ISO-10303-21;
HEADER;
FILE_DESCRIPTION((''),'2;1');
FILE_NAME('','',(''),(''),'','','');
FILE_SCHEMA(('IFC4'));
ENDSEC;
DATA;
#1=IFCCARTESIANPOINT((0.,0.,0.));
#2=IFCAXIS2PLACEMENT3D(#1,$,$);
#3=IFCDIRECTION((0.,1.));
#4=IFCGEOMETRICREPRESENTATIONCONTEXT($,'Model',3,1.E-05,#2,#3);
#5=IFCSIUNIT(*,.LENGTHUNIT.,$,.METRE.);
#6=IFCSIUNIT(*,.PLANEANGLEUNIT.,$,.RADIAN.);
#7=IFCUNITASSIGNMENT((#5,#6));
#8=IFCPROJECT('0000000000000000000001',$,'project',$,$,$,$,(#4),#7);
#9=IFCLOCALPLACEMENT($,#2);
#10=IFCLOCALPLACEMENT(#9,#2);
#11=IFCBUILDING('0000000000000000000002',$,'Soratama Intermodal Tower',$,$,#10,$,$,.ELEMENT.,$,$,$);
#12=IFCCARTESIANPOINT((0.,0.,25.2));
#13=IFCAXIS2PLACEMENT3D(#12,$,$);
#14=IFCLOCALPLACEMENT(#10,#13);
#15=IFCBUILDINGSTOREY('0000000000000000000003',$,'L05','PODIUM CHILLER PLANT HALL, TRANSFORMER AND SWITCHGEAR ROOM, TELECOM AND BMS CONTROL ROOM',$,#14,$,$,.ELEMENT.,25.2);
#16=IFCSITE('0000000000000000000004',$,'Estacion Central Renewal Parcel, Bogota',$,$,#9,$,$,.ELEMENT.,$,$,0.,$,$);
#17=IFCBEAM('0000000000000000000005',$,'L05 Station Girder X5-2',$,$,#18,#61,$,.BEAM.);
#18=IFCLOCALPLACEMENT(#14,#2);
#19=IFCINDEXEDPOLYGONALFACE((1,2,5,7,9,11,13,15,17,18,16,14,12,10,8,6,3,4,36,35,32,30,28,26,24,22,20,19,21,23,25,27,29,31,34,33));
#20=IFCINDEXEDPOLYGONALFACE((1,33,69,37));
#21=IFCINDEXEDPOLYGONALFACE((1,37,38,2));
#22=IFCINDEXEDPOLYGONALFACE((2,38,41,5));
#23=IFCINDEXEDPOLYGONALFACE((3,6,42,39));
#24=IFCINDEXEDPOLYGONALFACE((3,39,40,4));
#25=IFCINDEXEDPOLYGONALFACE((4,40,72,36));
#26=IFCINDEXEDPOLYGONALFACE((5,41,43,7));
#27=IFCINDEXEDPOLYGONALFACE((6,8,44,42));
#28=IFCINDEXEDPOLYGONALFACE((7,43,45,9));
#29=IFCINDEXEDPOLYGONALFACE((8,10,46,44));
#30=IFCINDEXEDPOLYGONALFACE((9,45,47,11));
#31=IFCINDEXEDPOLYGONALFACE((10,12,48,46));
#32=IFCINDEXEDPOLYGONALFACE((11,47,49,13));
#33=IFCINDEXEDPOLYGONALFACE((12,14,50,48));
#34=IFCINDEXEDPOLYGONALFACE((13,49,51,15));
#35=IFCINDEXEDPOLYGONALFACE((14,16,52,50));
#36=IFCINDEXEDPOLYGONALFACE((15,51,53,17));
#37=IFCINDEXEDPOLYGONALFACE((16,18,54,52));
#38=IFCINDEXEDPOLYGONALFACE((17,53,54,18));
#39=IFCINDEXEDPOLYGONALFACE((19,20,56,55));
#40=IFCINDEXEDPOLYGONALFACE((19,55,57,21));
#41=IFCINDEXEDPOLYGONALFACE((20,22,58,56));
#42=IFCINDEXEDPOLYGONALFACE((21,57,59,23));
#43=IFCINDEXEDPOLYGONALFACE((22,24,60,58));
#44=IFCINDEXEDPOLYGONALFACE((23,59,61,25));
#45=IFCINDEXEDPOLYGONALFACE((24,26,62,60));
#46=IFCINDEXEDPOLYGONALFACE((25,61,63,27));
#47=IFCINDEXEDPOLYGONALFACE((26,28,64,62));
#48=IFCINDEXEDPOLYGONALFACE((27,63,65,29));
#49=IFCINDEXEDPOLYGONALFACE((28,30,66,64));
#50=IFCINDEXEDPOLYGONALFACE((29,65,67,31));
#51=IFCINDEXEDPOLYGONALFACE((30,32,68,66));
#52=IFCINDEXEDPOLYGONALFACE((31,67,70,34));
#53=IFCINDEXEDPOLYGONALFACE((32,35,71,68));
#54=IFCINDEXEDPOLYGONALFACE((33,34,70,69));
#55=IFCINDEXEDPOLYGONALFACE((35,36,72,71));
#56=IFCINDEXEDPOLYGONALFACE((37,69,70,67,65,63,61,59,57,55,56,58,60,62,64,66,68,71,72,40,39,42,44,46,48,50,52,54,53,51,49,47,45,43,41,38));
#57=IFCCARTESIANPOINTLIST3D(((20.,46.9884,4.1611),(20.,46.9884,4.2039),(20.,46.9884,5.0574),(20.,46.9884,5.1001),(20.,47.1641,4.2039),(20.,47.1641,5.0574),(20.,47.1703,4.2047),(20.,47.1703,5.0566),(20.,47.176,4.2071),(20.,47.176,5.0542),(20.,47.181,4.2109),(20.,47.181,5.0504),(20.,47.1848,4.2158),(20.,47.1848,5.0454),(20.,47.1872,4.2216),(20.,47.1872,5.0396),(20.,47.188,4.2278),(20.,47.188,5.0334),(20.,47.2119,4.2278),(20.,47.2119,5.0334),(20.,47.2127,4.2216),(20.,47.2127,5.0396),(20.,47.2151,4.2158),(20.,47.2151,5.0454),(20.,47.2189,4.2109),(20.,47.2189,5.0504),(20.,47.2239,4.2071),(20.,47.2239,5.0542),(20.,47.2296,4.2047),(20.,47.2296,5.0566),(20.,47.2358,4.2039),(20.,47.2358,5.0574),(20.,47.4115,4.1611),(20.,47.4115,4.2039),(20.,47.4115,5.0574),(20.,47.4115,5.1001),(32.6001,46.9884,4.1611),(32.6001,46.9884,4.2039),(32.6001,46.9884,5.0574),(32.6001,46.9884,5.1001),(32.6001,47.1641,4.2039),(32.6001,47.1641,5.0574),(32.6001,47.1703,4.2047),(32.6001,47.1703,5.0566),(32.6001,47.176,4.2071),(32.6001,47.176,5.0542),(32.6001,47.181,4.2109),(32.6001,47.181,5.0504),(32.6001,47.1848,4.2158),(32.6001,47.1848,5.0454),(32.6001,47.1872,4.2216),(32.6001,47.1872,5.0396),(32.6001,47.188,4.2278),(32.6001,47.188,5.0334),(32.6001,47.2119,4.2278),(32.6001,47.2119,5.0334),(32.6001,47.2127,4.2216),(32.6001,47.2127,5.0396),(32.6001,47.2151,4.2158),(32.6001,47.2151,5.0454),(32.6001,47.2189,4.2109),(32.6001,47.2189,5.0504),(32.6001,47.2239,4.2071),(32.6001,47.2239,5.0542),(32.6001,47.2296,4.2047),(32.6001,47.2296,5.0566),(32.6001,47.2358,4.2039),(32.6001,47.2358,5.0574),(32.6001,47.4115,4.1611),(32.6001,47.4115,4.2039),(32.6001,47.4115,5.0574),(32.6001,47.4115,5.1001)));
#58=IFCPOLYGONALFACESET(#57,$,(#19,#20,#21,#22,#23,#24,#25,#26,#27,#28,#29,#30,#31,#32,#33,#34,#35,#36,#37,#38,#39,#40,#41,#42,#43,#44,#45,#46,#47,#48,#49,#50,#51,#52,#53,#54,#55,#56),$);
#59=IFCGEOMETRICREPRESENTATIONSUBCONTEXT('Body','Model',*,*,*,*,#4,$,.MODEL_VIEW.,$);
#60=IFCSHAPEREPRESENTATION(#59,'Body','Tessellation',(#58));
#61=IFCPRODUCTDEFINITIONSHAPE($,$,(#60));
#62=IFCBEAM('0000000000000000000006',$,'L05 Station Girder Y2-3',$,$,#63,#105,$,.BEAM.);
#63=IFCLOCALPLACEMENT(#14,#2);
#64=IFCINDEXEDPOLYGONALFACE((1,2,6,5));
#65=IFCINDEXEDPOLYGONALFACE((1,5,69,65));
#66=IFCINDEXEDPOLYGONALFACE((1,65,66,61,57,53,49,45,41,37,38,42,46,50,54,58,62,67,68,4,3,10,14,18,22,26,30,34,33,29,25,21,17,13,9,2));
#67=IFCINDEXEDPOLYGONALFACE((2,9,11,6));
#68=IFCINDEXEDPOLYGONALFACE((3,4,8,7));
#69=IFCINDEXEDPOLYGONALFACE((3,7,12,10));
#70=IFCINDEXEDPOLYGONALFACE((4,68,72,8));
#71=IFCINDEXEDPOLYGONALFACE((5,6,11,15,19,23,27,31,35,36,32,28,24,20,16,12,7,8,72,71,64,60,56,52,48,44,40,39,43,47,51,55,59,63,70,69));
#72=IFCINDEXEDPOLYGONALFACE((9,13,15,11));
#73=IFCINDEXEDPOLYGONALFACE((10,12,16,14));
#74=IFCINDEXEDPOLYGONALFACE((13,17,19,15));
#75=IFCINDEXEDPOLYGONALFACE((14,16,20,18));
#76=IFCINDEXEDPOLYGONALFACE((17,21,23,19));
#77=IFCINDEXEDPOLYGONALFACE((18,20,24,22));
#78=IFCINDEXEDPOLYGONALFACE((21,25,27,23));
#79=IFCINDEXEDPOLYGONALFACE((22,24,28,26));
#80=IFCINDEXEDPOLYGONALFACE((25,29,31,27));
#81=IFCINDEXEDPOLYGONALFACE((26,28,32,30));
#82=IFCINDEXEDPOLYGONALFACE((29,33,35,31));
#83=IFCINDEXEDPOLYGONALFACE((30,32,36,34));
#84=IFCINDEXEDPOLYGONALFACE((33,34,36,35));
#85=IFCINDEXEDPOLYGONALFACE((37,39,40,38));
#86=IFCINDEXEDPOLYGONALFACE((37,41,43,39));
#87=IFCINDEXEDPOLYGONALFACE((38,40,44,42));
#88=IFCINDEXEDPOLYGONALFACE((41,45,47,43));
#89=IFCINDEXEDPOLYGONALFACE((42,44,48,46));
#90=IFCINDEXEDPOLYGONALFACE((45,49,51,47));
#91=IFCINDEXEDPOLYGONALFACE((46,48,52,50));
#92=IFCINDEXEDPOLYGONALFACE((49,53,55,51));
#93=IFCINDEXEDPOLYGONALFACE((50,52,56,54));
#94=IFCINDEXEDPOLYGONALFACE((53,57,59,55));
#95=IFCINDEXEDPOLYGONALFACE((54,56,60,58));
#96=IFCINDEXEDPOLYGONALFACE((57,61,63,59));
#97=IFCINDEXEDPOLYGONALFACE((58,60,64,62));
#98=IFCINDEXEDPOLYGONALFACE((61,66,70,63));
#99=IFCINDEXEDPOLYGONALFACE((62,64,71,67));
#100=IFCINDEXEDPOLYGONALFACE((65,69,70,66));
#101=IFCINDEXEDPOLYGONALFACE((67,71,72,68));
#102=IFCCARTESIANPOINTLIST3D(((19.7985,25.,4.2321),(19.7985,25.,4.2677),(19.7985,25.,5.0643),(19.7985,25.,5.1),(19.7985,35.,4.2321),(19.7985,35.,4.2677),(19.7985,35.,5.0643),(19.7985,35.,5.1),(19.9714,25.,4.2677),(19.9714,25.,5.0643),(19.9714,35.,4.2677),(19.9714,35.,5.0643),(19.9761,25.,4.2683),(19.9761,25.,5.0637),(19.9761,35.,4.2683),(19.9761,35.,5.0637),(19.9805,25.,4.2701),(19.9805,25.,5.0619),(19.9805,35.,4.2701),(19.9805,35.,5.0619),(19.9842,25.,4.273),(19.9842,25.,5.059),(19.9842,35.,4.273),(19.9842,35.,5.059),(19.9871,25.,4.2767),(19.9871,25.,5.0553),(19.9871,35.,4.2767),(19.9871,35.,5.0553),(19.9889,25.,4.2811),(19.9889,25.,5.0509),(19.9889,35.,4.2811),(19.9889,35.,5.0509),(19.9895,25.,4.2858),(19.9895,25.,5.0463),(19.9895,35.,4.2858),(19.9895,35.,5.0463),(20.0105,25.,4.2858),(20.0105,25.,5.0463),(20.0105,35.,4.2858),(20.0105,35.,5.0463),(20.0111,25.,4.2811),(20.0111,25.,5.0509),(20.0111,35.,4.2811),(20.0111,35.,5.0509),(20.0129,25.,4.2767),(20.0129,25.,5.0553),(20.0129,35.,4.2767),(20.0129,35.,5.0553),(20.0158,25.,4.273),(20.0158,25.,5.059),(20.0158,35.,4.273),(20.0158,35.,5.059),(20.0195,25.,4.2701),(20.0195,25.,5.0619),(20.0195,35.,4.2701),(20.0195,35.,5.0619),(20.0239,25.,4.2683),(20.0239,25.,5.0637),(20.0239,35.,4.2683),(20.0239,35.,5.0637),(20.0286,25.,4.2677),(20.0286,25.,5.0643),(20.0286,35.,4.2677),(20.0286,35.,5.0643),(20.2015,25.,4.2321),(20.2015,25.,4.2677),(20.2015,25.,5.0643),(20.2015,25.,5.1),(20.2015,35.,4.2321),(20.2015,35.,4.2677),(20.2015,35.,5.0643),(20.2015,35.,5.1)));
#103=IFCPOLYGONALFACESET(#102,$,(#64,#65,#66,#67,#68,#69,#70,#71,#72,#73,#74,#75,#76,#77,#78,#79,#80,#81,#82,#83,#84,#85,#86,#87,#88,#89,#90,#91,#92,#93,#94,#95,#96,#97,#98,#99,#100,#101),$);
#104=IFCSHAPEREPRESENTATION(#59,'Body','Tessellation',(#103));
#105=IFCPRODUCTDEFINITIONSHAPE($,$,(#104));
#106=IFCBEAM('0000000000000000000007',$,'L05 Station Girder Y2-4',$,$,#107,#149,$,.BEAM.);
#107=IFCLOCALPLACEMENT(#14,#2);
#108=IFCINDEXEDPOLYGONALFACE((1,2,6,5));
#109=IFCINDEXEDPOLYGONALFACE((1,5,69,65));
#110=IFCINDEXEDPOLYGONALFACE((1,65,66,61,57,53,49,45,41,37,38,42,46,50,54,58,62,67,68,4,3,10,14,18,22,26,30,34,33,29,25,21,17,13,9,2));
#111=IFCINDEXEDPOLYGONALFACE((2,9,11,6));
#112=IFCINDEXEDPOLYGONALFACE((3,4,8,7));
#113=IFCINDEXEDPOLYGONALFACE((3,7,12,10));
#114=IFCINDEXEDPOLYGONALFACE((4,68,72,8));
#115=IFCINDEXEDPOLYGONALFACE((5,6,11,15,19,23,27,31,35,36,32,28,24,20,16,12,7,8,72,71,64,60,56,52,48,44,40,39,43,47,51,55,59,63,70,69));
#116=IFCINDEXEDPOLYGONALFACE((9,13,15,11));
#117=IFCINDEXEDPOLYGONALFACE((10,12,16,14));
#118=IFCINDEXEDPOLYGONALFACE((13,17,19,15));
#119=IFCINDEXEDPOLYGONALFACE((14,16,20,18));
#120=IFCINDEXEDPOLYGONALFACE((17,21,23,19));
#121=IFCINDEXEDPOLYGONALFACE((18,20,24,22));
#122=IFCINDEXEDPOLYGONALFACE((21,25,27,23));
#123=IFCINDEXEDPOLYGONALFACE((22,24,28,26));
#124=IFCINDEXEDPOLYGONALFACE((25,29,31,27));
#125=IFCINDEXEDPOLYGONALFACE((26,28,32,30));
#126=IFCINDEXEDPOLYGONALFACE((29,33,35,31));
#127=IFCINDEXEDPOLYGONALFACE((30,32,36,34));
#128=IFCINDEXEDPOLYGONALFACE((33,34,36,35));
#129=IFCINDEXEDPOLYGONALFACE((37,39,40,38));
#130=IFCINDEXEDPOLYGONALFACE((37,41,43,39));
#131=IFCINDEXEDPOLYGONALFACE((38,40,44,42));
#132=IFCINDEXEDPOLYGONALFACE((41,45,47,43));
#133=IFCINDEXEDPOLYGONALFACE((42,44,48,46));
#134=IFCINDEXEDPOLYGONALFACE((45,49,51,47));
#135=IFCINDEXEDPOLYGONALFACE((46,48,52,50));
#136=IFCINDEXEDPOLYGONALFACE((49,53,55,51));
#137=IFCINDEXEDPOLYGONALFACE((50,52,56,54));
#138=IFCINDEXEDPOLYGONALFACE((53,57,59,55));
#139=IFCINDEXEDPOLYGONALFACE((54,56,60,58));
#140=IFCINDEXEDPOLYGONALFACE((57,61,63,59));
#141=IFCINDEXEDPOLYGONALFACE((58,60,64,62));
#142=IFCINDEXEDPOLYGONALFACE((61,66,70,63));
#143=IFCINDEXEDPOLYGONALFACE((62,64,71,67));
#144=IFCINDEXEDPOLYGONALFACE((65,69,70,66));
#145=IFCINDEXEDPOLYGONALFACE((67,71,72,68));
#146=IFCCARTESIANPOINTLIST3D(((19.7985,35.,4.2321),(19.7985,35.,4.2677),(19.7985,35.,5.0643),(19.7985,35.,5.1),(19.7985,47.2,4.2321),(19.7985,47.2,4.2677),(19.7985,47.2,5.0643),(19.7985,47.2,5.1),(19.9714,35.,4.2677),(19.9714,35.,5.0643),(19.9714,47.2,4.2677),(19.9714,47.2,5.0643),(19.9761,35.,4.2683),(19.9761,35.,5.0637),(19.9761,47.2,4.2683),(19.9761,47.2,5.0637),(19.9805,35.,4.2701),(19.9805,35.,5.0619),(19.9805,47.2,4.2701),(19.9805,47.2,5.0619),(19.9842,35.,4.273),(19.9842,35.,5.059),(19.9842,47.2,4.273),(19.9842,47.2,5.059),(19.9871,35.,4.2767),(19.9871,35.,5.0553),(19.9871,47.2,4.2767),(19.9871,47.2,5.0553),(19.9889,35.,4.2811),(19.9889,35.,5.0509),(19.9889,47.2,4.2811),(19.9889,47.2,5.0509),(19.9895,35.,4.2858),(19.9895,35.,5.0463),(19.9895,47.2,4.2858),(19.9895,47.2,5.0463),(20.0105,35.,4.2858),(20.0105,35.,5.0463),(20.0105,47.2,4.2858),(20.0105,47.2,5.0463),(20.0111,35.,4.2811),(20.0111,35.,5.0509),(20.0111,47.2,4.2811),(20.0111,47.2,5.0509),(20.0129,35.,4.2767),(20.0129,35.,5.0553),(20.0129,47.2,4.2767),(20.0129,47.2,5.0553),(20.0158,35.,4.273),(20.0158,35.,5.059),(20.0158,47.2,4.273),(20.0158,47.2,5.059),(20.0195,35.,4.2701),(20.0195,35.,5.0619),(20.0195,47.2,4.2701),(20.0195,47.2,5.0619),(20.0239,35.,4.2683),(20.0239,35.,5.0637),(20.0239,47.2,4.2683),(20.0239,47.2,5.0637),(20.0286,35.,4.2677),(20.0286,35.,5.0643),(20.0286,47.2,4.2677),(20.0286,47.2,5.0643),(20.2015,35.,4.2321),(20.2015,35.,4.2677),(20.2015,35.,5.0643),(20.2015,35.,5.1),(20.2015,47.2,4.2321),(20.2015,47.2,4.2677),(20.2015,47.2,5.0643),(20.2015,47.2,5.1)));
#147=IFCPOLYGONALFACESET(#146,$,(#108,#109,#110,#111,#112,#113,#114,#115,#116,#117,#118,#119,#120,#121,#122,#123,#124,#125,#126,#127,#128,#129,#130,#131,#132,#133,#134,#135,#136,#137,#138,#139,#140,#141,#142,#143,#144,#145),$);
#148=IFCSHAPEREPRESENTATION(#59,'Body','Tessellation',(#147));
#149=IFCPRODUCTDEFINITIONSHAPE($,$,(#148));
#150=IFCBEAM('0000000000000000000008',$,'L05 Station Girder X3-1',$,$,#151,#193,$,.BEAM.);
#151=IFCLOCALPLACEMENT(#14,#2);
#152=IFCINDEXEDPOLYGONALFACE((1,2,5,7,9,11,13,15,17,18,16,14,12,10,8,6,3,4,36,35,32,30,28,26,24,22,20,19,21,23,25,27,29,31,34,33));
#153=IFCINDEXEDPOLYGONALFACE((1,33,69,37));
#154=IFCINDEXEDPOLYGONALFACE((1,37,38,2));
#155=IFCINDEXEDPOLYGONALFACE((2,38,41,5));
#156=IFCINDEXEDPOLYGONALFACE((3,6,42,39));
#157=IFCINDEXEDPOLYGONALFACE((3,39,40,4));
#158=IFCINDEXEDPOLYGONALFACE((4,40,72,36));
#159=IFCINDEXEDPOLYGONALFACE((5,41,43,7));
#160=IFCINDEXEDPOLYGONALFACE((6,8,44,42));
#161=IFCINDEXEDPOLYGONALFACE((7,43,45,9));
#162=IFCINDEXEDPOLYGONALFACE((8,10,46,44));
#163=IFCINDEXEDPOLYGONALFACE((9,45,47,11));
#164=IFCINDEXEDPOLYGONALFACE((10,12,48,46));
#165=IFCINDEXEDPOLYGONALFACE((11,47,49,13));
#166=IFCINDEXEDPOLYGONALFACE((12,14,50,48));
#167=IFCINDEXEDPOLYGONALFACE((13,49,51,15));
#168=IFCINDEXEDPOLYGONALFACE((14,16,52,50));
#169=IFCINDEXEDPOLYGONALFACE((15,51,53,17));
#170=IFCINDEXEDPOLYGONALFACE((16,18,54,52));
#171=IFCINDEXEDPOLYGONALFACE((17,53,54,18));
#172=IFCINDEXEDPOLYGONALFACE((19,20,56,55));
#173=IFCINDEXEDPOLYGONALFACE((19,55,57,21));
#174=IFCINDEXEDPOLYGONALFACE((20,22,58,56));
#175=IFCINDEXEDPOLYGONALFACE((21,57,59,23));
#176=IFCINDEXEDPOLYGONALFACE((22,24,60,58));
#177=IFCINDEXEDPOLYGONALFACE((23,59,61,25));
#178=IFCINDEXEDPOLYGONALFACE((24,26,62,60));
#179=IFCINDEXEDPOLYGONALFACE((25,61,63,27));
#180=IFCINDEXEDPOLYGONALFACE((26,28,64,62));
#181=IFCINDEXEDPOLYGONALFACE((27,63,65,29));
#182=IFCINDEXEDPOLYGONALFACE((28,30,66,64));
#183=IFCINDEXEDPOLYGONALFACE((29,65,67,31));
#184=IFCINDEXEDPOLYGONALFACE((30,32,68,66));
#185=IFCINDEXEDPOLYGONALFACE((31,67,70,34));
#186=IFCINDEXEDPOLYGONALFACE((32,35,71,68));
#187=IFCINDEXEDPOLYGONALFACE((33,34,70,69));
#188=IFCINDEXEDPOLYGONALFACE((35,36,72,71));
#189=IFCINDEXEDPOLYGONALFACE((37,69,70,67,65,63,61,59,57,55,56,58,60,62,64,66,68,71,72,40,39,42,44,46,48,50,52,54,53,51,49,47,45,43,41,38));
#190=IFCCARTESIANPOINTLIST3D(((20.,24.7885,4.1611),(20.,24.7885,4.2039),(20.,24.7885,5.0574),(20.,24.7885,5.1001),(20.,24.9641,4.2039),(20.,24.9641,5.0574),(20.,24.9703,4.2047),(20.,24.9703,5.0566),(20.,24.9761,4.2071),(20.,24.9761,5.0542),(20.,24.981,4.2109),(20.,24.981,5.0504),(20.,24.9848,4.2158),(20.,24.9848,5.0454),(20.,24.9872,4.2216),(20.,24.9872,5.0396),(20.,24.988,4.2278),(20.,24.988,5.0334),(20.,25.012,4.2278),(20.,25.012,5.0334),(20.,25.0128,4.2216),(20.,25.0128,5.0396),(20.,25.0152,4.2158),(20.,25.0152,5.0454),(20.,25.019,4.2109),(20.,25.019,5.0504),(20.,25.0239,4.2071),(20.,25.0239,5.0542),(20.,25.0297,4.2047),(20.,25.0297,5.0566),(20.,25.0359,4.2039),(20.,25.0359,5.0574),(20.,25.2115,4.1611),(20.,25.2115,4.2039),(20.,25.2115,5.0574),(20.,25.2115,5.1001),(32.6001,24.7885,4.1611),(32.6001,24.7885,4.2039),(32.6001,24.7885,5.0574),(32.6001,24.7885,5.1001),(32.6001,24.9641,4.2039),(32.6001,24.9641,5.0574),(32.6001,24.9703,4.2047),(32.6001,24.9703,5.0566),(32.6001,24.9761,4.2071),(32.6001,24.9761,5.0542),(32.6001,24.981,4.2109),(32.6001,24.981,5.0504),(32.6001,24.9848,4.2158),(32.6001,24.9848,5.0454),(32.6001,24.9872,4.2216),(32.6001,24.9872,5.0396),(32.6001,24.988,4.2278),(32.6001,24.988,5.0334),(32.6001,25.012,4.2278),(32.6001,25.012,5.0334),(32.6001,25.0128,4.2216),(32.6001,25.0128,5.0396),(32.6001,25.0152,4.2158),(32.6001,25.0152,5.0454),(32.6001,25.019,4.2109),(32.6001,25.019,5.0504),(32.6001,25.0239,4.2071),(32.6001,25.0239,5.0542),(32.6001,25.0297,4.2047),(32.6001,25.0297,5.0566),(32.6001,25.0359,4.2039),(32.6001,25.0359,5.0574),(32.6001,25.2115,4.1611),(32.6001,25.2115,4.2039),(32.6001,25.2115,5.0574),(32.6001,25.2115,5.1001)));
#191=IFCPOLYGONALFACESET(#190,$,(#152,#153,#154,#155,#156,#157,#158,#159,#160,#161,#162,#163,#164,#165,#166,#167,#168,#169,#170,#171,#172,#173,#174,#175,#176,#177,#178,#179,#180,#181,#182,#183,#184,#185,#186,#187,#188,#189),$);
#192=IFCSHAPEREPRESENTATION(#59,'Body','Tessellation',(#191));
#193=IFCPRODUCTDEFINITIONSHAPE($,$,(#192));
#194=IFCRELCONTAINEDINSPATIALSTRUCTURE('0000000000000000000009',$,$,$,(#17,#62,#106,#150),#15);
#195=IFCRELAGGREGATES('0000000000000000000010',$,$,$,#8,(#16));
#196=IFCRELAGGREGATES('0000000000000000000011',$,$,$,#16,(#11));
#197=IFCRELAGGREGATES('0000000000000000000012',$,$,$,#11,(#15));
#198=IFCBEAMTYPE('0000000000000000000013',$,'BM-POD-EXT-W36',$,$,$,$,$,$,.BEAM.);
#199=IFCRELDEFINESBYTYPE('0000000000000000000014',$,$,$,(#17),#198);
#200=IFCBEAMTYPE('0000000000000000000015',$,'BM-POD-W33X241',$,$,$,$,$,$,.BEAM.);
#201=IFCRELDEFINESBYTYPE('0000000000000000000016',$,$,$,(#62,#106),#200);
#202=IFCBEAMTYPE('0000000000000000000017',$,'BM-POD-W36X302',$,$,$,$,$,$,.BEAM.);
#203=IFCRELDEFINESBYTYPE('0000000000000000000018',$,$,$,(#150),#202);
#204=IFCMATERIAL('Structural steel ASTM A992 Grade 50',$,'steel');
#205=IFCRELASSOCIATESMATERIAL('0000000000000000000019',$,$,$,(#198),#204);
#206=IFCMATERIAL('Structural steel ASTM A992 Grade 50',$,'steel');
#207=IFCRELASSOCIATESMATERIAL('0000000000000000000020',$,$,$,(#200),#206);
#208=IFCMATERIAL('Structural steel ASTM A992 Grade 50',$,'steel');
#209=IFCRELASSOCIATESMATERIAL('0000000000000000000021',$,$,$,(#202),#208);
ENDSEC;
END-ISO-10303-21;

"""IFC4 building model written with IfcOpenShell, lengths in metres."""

from ifc_helpers import new_model, si_unit, direction, frame, origin, origin_2d, place, context, subcontext, project, spatial, i_section, extrude, material, material_profile, profile_set, type_object, element, save


model = new_model("IFC4")

# Units and contexts
model_context = context("Model", 3, precision=1e-05, world=origin(), true_north=direction((0.0, 1.0)))
body_context = subcontext(model_context, "Body", "Model", "MODEL_VIEW")
ifc_project = project(units=[si_unit("LENGTHUNIT", "METRE"), si_unit("PLANEANGLEUNIT", "RADIAN")], contexts=[model_context])

# Site, building, storey
site_placement = place(None, origin())
site = spatial("IfcSite", under=ifc_project, at=site_placement, Name="Estacion Central Renewal Parcel, Bogota", CompositionType="ELEMENT", RefElevation=0.0)
building_placement = place(site_placement, origin())
building = spatial("IfcBuilding", under=site, at=building_placement, Name="Soratama Intermodal Tower", CompositionType="ELEMENT")
storey_placement = place(building_placement, frame((0.0, 0.0, 25.2)))
storey = spatial("IfcBuildingStorey", under=building, at=storey_placement, Name="L05", Description="PODIUM CHILLER PLANT HALL, TRANSFORMER AND SWITCHGEAR ROOM, TELECOM AND BMS CONTROL ROOM", CompositionType="ELEMENT", Elevation=25.2)

# Beams
ifc_material_1 = material(Name="Structural steel ASTM A992 Grade 50", Category="steel")
ifc_material_profile_1 = material_profile(ifc_material_1, i_section(OverallWidth=0.4231, OverallDepth=0.939, WebThickness=0.0239, FlangeThickness=0.0427, FilletRadius=0.0239, at=origin_2d()), Name="W36X302")
ifc_profile_set_1 = profile_set([ifc_material_profile_1], Name="Structural steel ASTM A992 Grade 50")
beam_type_1 = type_object("IfcBeamType", Name="BM-POD-EXT-W36", PredefinedType="BEAM", material=ifc_profile_set_1)
beam_1_placement = place(storey_placement, frame((20.0, 47.2, 4.6306), z_axis=(1.0, 0.0, 0.0), x_axis=(0.0, 1.0, 0.0)))
element("IfcBeam", 1, at=beam_1_placement, inside=storey, type_object=beam_type_1, Name="L05 Station Girder X5-2", PredefinedType="BEAM", context=body_context, shape_type="SweptSolid", body=[
    extrude(i_section(OverallWidth=0.4231, OverallDepth=0.939, WebThickness=0.0239, FlangeThickness=0.0427, FilletRadius=0.0239, at=origin_2d()), origin(), (0.0, 0.0, 1.0), 12.6001),
])
ifc_material_2 = material(Name="Structural steel ASTM A992 Grade 50", Category="steel")
ifc_material_profile_2 = material_profile(ifc_material_2, i_section(OverallWidth=0.4031, OverallDepth=0.8679, WebThickness=0.021, FlangeThickness=0.0356, FilletRadius=0.0181, at=origin_2d()), Name="W33X241")
ifc_profile_set_2 = profile_set([ifc_material_profile_2], Name="Structural steel ASTM A992 Grade 50")
beam_type_2 = type_object("IfcBeamType", Name="BM-POD-W33X241", PredefinedType="BEAM", material=ifc_profile_set_2)
beam_2_placement = place(storey_placement, frame((20.0, 25.0, 4.666), z_axis=(0.0, 1.0, 0.0), x_axis=(-1.0, 0.0, 0.0)))
element("IfcBeam", 2, at=beam_2_placement, inside=storey, type_object=beam_type_2, Name="L05 Station Girder Y2-3", PredefinedType="BEAM", context=body_context, shape_type="SweptSolid", body=[
    extrude(i_section(OverallWidth=0.4031, OverallDepth=0.8679, WebThickness=0.021, FlangeThickness=0.0356, FilletRadius=0.0181, at=origin_2d()), origin(), (0.0, 0.0, 1.0), 10.0),
])
beam_3_placement = place(storey_placement, frame((20.0, 35.0, 4.666), z_axis=(0.0, 1.0, 0.0), x_axis=(-1.0, 0.0, 0.0)))
element("IfcBeam", 3, at=beam_3_placement, inside=storey, type_object=beam_type_2, Name="L05 Station Girder Y2-4", PredefinedType="BEAM", context=body_context, shape_type="SweptSolid", body=[
    extrude(i_section(OverallWidth=0.4031, OverallDepth=0.8679, WebThickness=0.021, FlangeThickness=0.0356, FilletRadius=0.0181, at=origin_2d()), origin(), (0.0, 0.0, 1.0), 12.2),
])
ifc_material_3 = material(Name="Structural steel ASTM A992 Grade 50", Category="steel")
ifc_material_profile_3 = material_profile(ifc_material_3, i_section(OverallWidth=0.4231, OverallDepth=0.939, WebThickness=0.0239, FlangeThickness=0.0427, FilletRadius=0.0239, at=origin_2d()), Name="W36X302")
ifc_profile_set_3 = profile_set([ifc_material_profile_3], Name="Structural steel ASTM A992 Grade 50")
beam_type_3 = type_object("IfcBeamType", Name="BM-POD-W36X302", PredefinedType="BEAM", material=ifc_profile_set_3)
beam_4_placement = place(storey_placement, frame((20.0, 25.0, 4.6306), z_axis=(1.0, 0.0, 0.0), x_axis=(0.0, 1.0, 0.0)))
element("IfcBeam", 4, at=beam_4_placement, inside=storey, type_object=beam_type_3, Name="L05 Station Girder X3-1", PredefinedType="BEAM", context=body_context, shape_type="SweptSolid", body=[
    extrude(i_section(OverallWidth=0.4231, OverallDepth=0.939, WebThickness=0.0239, FlangeThickness=0.0427, FilletRadius=0.0239, at=origin_2d()), origin(), (0.0, 0.0, 1.0), 12.6001),
])

save(model, "model.ifc")
